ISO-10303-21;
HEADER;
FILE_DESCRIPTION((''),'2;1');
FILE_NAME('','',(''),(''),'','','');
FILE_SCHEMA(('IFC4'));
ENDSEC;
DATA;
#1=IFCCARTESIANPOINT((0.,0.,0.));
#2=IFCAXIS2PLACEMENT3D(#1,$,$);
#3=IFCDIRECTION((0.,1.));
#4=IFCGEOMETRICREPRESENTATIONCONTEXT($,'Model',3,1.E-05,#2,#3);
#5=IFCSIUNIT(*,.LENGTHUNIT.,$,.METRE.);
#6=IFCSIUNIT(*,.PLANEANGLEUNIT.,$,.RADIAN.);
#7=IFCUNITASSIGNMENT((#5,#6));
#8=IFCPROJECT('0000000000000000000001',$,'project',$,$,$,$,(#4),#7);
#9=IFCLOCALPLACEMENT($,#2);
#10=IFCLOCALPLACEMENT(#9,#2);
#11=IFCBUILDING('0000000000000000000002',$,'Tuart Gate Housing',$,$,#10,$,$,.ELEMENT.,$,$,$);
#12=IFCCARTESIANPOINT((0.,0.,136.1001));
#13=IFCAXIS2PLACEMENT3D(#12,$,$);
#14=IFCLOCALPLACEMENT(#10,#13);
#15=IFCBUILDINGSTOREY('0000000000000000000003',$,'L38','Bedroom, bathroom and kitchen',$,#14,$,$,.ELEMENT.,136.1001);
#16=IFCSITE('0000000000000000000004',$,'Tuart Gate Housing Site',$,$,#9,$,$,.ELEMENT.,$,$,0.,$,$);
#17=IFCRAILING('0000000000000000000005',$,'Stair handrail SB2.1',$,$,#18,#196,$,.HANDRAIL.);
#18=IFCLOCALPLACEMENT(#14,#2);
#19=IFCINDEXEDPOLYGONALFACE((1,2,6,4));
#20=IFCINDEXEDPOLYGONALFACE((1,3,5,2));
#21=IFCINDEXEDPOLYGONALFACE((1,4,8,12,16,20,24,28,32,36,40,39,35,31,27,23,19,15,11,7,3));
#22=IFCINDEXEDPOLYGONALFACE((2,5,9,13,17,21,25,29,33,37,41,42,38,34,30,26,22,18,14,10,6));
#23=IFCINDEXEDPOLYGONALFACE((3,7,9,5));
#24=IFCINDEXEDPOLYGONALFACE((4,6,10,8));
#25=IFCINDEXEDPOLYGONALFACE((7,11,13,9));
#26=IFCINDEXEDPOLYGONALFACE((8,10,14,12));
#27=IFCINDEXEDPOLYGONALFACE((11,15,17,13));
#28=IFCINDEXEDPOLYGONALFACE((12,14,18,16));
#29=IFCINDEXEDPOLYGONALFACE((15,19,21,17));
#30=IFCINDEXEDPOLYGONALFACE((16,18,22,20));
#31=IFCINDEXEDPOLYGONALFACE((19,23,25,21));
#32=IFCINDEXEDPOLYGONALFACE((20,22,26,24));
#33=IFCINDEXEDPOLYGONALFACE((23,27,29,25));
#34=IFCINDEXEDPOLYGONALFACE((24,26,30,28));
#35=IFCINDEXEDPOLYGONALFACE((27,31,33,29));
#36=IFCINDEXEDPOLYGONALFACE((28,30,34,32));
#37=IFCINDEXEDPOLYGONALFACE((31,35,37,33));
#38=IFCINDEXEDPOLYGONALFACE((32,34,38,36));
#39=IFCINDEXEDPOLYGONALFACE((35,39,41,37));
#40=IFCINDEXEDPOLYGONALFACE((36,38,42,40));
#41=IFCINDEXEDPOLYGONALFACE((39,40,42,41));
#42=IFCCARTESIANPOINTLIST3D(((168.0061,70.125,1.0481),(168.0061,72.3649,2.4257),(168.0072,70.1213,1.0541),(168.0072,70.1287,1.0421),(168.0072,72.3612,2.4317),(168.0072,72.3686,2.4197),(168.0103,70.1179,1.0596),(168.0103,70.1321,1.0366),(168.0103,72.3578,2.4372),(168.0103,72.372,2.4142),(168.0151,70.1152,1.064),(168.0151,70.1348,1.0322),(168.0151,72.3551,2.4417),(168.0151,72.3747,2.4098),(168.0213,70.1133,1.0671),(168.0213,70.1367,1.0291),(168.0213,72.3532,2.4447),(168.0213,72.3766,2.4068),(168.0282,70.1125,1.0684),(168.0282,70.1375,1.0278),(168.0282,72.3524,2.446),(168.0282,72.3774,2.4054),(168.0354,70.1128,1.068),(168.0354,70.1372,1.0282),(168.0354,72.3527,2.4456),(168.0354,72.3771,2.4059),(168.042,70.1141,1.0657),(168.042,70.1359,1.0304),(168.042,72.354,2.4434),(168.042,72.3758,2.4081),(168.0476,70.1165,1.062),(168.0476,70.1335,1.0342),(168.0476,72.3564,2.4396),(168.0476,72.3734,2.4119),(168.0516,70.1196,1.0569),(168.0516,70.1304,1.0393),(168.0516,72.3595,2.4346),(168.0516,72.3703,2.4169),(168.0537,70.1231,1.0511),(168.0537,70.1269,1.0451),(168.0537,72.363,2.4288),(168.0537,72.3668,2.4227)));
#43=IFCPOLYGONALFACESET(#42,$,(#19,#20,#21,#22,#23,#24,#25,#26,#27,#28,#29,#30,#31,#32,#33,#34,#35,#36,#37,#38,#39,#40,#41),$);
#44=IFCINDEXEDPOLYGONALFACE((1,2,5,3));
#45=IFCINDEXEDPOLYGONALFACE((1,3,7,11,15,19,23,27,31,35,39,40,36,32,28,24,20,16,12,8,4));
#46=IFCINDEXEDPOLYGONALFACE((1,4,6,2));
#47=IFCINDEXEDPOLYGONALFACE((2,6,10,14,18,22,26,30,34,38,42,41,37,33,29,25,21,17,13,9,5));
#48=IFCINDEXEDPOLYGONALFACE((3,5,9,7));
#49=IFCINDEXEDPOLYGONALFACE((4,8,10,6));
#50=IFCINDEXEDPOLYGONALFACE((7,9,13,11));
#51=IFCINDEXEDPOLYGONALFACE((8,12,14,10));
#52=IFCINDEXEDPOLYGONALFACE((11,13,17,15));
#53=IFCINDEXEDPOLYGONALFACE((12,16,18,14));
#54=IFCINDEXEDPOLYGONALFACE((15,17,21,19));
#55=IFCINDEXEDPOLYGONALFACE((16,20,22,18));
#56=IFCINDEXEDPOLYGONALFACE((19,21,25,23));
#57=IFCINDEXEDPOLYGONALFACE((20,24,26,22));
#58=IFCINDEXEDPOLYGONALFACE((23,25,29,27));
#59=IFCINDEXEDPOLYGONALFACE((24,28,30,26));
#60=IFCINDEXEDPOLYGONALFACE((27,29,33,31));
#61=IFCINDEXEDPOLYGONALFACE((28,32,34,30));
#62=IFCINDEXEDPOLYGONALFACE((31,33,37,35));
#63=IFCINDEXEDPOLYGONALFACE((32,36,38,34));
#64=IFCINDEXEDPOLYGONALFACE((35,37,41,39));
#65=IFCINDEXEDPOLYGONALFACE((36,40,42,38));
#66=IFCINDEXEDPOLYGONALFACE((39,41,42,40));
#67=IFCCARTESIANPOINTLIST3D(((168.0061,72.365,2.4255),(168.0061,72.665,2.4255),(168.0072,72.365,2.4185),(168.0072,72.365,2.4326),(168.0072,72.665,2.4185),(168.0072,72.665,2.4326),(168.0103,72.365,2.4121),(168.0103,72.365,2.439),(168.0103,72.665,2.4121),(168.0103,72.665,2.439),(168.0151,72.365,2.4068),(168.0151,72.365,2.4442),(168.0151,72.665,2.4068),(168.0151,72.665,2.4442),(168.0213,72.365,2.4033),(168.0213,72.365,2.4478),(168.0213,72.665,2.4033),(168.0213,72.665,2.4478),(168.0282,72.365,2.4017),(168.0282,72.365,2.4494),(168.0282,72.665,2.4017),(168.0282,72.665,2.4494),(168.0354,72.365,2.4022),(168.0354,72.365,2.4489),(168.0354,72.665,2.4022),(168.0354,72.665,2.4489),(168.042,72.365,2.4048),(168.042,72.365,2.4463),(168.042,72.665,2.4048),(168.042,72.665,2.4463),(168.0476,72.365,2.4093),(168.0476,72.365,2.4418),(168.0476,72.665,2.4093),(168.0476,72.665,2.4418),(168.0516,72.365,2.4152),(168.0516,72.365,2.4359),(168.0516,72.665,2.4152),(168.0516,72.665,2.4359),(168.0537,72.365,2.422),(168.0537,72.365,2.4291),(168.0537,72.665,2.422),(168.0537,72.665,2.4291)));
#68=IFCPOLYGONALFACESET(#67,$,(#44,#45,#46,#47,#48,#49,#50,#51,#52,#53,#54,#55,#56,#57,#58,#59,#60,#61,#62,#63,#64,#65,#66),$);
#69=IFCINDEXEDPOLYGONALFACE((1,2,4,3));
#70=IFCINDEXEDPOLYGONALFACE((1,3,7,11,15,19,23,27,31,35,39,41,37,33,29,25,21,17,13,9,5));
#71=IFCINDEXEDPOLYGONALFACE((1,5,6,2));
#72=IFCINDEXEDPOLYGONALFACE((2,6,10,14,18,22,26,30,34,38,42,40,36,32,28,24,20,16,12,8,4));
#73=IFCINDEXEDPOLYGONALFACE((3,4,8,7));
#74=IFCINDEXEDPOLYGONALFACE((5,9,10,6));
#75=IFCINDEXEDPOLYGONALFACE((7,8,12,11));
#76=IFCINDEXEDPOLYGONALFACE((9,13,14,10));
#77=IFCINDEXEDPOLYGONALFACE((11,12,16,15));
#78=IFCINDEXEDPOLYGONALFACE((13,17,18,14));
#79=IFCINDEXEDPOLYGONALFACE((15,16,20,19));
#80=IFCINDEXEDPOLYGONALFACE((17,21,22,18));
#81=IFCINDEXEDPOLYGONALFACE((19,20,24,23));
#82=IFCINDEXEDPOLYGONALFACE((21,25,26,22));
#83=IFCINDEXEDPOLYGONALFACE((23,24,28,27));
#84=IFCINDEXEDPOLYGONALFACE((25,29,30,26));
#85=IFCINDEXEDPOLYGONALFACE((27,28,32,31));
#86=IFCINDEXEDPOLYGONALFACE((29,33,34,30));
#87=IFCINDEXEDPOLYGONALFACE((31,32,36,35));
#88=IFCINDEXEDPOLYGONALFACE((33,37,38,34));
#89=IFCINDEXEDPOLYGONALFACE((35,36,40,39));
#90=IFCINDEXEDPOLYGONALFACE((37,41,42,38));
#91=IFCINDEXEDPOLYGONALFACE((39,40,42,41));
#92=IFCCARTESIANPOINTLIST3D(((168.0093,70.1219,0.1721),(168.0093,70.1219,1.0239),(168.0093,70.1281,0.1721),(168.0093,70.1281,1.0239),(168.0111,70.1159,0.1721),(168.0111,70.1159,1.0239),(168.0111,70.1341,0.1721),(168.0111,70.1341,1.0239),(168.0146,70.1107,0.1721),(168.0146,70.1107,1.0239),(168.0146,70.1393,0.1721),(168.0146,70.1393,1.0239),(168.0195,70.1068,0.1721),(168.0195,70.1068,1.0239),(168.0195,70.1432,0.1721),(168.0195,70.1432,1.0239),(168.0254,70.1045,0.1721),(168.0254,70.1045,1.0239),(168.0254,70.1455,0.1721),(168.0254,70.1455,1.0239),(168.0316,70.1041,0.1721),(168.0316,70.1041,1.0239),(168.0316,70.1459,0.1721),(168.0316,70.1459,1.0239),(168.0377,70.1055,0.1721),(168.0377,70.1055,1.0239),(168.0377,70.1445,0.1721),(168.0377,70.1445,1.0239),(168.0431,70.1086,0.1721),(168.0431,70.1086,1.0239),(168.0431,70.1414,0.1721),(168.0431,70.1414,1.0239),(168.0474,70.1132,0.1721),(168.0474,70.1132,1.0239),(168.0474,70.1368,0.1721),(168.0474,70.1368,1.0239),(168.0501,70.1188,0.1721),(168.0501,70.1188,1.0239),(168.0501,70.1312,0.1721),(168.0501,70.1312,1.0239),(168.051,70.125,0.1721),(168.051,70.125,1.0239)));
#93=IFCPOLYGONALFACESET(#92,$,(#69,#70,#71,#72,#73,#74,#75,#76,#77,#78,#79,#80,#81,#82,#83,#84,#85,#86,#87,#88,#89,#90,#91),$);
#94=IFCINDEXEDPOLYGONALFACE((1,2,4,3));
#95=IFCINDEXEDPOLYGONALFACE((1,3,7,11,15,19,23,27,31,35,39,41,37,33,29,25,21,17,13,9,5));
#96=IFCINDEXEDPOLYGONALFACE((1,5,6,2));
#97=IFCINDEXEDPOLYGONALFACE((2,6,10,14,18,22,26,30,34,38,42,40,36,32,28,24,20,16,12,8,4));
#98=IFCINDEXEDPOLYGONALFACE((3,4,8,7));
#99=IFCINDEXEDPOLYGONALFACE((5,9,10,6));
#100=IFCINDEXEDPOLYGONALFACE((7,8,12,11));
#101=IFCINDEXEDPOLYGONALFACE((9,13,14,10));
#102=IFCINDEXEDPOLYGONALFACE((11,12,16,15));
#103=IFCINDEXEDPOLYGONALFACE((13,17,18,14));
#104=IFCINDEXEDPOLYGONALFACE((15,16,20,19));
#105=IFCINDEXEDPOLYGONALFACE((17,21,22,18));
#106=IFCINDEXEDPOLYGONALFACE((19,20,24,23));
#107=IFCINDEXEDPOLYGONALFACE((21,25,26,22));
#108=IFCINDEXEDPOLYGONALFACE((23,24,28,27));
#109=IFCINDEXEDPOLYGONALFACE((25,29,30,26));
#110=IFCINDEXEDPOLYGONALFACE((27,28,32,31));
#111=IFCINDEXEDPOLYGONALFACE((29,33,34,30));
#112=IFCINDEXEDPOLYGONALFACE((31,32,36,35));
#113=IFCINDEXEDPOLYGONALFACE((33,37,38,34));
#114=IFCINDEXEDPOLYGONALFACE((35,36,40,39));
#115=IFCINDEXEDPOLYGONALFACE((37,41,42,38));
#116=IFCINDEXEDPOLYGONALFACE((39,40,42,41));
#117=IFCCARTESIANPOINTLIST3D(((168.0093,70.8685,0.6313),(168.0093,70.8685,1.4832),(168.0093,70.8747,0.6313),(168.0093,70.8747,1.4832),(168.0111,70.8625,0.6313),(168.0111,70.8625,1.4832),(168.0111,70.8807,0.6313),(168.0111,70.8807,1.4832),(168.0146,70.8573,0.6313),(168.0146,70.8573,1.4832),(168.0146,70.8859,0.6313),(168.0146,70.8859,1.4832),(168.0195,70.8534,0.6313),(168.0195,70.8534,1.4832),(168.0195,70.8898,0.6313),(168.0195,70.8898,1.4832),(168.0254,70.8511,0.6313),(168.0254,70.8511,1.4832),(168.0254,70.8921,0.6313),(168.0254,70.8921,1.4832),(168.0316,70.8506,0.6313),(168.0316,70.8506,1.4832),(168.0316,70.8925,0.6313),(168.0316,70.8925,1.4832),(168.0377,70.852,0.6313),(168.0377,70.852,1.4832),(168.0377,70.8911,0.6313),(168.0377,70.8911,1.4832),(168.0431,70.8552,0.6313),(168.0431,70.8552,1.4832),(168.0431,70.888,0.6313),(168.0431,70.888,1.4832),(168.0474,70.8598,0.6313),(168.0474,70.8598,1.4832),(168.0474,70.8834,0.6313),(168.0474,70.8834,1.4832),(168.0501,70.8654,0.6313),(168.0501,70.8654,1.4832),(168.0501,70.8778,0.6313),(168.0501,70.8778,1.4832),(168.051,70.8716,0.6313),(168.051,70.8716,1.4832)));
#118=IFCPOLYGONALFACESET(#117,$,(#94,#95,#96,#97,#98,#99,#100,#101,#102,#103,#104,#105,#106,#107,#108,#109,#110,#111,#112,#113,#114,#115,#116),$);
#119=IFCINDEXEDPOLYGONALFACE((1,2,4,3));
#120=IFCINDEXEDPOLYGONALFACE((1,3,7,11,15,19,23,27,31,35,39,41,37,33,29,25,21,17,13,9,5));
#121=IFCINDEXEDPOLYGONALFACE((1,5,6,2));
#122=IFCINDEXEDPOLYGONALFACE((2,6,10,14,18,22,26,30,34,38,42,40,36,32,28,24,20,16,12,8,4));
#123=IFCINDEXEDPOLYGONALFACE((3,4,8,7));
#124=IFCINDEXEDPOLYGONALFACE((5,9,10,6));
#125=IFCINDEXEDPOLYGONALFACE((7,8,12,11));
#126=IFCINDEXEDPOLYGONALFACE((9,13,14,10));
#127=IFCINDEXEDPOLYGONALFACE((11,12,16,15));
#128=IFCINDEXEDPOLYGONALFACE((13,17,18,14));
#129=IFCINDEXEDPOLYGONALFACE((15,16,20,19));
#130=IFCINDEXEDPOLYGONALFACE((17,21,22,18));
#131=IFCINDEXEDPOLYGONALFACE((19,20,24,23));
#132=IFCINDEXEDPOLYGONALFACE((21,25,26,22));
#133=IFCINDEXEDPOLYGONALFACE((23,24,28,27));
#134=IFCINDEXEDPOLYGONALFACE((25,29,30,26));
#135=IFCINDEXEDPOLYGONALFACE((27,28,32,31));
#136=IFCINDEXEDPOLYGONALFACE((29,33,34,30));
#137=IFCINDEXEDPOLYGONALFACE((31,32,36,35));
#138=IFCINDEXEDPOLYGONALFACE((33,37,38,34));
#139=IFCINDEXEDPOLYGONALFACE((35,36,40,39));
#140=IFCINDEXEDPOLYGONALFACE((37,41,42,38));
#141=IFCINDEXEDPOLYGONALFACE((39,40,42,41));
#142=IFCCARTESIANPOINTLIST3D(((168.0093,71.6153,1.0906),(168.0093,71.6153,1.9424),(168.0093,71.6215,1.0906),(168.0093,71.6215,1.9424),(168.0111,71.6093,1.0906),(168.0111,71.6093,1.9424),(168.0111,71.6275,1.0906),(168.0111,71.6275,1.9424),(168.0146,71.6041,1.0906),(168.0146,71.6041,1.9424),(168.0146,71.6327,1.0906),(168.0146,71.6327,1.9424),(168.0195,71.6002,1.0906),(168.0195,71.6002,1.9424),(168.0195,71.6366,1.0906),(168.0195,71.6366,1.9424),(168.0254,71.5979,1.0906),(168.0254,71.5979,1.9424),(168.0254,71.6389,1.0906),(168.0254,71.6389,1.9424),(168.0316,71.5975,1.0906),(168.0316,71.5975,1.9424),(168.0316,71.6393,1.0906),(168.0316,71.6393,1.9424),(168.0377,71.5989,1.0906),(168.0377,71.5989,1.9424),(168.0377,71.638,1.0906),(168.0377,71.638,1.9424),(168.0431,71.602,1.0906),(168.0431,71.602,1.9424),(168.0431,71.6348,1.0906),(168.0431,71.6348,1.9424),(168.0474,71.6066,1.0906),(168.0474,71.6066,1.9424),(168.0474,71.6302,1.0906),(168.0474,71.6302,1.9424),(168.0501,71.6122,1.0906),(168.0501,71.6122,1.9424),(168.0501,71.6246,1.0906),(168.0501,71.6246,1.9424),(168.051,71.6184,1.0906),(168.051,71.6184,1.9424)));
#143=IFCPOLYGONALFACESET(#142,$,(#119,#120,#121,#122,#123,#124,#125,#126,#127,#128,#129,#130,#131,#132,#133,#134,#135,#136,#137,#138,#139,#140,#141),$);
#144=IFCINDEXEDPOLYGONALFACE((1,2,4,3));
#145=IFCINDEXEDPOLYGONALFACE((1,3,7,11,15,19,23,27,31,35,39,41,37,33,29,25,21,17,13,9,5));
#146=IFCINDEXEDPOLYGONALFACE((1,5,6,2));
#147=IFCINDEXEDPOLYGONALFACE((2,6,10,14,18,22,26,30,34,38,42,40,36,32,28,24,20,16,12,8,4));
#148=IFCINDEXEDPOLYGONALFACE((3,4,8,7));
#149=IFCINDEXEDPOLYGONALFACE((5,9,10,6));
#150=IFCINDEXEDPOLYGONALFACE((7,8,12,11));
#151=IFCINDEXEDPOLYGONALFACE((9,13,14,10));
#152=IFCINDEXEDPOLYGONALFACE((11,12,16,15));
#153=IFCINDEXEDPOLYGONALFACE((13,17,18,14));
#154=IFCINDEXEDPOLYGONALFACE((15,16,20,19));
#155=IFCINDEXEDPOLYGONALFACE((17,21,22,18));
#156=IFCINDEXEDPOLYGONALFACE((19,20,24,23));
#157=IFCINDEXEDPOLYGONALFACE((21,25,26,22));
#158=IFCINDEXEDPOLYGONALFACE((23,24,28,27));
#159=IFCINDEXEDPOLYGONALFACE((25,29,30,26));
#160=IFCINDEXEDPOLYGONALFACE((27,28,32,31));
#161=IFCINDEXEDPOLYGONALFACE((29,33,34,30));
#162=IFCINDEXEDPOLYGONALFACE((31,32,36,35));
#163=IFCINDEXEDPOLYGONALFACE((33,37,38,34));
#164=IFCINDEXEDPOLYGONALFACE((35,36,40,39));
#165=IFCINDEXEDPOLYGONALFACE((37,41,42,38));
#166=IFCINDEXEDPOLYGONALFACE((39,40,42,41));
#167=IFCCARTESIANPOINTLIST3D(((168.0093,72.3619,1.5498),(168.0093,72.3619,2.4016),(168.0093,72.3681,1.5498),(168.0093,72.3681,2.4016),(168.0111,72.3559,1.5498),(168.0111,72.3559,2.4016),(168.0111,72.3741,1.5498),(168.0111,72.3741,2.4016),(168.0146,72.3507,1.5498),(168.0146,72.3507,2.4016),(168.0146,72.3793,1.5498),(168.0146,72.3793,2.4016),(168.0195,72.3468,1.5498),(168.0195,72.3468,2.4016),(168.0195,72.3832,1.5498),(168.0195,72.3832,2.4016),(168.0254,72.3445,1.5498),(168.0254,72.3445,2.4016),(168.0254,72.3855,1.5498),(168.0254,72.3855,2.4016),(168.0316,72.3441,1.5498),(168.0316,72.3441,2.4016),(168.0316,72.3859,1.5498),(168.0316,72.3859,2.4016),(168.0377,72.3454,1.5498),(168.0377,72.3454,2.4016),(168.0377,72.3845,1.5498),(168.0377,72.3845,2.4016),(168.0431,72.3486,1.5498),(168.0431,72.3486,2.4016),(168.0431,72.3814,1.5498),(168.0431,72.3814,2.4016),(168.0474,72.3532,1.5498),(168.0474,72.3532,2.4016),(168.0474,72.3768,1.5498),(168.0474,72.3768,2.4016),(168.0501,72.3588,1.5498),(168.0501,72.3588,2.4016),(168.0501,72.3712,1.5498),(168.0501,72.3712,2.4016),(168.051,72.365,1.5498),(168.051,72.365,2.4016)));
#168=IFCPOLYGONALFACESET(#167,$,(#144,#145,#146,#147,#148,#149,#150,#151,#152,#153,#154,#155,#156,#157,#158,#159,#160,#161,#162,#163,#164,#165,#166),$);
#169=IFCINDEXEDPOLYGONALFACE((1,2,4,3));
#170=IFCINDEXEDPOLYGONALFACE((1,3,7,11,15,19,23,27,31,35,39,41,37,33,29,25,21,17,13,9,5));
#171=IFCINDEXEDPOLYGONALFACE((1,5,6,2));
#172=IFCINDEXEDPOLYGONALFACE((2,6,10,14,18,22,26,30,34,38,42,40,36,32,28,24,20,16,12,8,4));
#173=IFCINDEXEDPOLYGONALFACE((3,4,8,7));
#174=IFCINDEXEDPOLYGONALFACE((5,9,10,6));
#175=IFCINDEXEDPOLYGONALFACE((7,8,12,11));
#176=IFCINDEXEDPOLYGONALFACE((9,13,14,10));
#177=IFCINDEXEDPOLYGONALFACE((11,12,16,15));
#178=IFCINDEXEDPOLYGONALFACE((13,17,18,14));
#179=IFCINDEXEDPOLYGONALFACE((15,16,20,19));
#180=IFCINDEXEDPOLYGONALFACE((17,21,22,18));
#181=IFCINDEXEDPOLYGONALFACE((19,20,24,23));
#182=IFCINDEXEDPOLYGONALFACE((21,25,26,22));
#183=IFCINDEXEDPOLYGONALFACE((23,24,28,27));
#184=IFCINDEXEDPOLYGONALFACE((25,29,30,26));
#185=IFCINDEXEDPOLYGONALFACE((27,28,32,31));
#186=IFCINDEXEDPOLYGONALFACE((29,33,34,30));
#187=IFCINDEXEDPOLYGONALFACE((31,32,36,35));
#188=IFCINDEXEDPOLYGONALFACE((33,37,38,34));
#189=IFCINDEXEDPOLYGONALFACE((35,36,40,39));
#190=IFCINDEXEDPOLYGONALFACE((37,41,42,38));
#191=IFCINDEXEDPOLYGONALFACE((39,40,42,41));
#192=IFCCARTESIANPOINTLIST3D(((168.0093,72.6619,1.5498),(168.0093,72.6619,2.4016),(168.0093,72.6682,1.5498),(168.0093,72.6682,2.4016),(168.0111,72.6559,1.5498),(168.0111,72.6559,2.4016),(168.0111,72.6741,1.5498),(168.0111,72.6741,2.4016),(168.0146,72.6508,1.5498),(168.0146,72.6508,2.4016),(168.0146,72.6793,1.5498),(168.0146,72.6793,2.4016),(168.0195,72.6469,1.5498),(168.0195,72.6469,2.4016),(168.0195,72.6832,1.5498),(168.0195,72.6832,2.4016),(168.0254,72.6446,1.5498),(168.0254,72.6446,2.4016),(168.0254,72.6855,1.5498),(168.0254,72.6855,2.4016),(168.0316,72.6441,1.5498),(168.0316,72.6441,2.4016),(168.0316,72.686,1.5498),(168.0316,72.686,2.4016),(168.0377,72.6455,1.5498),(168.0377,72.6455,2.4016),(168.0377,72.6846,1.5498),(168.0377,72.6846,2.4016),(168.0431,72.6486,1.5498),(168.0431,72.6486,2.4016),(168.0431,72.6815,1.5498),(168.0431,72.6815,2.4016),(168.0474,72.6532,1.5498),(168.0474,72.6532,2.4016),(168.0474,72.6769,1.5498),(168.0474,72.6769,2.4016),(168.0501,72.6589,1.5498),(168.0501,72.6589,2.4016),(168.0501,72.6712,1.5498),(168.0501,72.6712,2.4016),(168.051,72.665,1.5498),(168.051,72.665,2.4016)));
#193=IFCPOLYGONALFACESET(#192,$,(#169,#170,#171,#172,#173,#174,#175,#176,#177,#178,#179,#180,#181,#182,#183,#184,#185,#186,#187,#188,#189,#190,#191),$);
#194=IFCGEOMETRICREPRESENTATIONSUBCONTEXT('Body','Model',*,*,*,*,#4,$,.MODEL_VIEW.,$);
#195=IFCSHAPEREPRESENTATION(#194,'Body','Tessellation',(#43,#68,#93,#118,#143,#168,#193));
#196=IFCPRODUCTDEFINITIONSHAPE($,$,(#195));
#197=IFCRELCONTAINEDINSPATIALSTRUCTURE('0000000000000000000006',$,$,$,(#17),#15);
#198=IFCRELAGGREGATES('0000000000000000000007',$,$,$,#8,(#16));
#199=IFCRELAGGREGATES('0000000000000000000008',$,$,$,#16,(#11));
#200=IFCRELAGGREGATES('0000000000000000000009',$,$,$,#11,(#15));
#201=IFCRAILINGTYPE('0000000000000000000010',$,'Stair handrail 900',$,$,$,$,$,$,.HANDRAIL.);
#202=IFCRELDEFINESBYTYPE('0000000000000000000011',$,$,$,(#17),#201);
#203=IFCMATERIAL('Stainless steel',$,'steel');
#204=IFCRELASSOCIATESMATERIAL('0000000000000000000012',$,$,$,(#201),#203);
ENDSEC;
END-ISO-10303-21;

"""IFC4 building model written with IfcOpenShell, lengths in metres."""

from ifc_helpers import new_model, si_unit, direction, frame, origin, origin_2d, place, context, subcontext, project, spatial, circle, extrude, material, type_object, element, save


model = new_model("IFC4")

# Units and contexts
model_context = context("Model", 3, precision=1e-05, world=origin(), true_north=direction((0.0, 1.0)))
body_context = subcontext(model_context, "Body", "Model", "MODEL_VIEW")
ifc_project = project(units=[si_unit("LENGTHUNIT", "METRE"), si_unit("PLANEANGLEUNIT", "RADIAN")], contexts=[model_context])

# Site, building, storey
site_placement = place(None, origin())
site = spatial("IfcSite", under=ifc_project, at=site_placement, Name="Tuart Gate Housing Site", CompositionType="ELEMENT", RefElevation=0.0)
building_placement = place(site_placement, origin())
building = spatial("IfcBuilding", under=site, at=building_placement, Name="Tuart Gate Housing", CompositionType="ELEMENT")
storey_placement = place(building_placement, frame((0.0, 0.0, 136.1001)))
storey = spatial("IfcBuildingStorey", under=building, at=storey_placement, Name="L38", Description="Bedroom, bathroom and kitchen", CompositionType="ELEMENT", Elevation=136.1001)

# Railing
ifc_material_1 = material(Name="Stainless steel", Category="steel")
railing_type = type_object("IfcRailingType", Name="Stair handrail 900", PredefinedType="HANDRAIL", material=ifc_material_1)
railing_placement = place(storey_placement, frame((168.03, 70.125, 0.1721)))
element("IfcRailing", 1, at=railing_placement, inside=storey, type_object=railing_type, Name="Stair handrail SB2.1", PredefinedType="HANDRAIL", context=body_context, shape_type="SweptSolid", body=[
    extrude(circle(Radius=0.0239, at=origin_2d()), frame((0.0, 0.0, 0.876), z_axis=(0.0, 0.851789, 0.523885), x_axis=(-1.0, 0.0, 0.0)), (0.0, 0.0, 1.0), 2.6296),
    extrude(circle(Radius=0.0239, at=origin_2d()), frame((0.0, 2.24, 2.2534), z_axis=(0.0, 1.0, 0.0), x_axis=(-1.0, 0.0, 0.0)), (0.0, 0.0, 1.0), 0.3),
    extrude(circle(Radius=0.021, at=origin_2d()), origin(), (0.0, 0.0, 1.0), 0.8518),
    extrude(circle(Radius=0.021, at=origin_2d()), frame((0.0, 0.7466, 0.4592)), (0.0, 0.0, 1.0), 0.8518),
    extrude(circle(Radius=0.021, at=origin_2d()), frame((0.0, 1.4934, 0.9185)), (0.0, 0.0, 1.0), 0.8518),
    extrude(circle(Radius=0.021, at=origin_2d()), frame((0.0, 2.24, 1.3777)), (0.0, 0.0, 1.0), 0.8518),
    extrude(circle(Radius=0.021, at=origin_2d()), frame((0.0, 2.54, 1.3777)), (0.0, 0.0, 1.0), 0.8518),
])

save(model, "model.ifc")
